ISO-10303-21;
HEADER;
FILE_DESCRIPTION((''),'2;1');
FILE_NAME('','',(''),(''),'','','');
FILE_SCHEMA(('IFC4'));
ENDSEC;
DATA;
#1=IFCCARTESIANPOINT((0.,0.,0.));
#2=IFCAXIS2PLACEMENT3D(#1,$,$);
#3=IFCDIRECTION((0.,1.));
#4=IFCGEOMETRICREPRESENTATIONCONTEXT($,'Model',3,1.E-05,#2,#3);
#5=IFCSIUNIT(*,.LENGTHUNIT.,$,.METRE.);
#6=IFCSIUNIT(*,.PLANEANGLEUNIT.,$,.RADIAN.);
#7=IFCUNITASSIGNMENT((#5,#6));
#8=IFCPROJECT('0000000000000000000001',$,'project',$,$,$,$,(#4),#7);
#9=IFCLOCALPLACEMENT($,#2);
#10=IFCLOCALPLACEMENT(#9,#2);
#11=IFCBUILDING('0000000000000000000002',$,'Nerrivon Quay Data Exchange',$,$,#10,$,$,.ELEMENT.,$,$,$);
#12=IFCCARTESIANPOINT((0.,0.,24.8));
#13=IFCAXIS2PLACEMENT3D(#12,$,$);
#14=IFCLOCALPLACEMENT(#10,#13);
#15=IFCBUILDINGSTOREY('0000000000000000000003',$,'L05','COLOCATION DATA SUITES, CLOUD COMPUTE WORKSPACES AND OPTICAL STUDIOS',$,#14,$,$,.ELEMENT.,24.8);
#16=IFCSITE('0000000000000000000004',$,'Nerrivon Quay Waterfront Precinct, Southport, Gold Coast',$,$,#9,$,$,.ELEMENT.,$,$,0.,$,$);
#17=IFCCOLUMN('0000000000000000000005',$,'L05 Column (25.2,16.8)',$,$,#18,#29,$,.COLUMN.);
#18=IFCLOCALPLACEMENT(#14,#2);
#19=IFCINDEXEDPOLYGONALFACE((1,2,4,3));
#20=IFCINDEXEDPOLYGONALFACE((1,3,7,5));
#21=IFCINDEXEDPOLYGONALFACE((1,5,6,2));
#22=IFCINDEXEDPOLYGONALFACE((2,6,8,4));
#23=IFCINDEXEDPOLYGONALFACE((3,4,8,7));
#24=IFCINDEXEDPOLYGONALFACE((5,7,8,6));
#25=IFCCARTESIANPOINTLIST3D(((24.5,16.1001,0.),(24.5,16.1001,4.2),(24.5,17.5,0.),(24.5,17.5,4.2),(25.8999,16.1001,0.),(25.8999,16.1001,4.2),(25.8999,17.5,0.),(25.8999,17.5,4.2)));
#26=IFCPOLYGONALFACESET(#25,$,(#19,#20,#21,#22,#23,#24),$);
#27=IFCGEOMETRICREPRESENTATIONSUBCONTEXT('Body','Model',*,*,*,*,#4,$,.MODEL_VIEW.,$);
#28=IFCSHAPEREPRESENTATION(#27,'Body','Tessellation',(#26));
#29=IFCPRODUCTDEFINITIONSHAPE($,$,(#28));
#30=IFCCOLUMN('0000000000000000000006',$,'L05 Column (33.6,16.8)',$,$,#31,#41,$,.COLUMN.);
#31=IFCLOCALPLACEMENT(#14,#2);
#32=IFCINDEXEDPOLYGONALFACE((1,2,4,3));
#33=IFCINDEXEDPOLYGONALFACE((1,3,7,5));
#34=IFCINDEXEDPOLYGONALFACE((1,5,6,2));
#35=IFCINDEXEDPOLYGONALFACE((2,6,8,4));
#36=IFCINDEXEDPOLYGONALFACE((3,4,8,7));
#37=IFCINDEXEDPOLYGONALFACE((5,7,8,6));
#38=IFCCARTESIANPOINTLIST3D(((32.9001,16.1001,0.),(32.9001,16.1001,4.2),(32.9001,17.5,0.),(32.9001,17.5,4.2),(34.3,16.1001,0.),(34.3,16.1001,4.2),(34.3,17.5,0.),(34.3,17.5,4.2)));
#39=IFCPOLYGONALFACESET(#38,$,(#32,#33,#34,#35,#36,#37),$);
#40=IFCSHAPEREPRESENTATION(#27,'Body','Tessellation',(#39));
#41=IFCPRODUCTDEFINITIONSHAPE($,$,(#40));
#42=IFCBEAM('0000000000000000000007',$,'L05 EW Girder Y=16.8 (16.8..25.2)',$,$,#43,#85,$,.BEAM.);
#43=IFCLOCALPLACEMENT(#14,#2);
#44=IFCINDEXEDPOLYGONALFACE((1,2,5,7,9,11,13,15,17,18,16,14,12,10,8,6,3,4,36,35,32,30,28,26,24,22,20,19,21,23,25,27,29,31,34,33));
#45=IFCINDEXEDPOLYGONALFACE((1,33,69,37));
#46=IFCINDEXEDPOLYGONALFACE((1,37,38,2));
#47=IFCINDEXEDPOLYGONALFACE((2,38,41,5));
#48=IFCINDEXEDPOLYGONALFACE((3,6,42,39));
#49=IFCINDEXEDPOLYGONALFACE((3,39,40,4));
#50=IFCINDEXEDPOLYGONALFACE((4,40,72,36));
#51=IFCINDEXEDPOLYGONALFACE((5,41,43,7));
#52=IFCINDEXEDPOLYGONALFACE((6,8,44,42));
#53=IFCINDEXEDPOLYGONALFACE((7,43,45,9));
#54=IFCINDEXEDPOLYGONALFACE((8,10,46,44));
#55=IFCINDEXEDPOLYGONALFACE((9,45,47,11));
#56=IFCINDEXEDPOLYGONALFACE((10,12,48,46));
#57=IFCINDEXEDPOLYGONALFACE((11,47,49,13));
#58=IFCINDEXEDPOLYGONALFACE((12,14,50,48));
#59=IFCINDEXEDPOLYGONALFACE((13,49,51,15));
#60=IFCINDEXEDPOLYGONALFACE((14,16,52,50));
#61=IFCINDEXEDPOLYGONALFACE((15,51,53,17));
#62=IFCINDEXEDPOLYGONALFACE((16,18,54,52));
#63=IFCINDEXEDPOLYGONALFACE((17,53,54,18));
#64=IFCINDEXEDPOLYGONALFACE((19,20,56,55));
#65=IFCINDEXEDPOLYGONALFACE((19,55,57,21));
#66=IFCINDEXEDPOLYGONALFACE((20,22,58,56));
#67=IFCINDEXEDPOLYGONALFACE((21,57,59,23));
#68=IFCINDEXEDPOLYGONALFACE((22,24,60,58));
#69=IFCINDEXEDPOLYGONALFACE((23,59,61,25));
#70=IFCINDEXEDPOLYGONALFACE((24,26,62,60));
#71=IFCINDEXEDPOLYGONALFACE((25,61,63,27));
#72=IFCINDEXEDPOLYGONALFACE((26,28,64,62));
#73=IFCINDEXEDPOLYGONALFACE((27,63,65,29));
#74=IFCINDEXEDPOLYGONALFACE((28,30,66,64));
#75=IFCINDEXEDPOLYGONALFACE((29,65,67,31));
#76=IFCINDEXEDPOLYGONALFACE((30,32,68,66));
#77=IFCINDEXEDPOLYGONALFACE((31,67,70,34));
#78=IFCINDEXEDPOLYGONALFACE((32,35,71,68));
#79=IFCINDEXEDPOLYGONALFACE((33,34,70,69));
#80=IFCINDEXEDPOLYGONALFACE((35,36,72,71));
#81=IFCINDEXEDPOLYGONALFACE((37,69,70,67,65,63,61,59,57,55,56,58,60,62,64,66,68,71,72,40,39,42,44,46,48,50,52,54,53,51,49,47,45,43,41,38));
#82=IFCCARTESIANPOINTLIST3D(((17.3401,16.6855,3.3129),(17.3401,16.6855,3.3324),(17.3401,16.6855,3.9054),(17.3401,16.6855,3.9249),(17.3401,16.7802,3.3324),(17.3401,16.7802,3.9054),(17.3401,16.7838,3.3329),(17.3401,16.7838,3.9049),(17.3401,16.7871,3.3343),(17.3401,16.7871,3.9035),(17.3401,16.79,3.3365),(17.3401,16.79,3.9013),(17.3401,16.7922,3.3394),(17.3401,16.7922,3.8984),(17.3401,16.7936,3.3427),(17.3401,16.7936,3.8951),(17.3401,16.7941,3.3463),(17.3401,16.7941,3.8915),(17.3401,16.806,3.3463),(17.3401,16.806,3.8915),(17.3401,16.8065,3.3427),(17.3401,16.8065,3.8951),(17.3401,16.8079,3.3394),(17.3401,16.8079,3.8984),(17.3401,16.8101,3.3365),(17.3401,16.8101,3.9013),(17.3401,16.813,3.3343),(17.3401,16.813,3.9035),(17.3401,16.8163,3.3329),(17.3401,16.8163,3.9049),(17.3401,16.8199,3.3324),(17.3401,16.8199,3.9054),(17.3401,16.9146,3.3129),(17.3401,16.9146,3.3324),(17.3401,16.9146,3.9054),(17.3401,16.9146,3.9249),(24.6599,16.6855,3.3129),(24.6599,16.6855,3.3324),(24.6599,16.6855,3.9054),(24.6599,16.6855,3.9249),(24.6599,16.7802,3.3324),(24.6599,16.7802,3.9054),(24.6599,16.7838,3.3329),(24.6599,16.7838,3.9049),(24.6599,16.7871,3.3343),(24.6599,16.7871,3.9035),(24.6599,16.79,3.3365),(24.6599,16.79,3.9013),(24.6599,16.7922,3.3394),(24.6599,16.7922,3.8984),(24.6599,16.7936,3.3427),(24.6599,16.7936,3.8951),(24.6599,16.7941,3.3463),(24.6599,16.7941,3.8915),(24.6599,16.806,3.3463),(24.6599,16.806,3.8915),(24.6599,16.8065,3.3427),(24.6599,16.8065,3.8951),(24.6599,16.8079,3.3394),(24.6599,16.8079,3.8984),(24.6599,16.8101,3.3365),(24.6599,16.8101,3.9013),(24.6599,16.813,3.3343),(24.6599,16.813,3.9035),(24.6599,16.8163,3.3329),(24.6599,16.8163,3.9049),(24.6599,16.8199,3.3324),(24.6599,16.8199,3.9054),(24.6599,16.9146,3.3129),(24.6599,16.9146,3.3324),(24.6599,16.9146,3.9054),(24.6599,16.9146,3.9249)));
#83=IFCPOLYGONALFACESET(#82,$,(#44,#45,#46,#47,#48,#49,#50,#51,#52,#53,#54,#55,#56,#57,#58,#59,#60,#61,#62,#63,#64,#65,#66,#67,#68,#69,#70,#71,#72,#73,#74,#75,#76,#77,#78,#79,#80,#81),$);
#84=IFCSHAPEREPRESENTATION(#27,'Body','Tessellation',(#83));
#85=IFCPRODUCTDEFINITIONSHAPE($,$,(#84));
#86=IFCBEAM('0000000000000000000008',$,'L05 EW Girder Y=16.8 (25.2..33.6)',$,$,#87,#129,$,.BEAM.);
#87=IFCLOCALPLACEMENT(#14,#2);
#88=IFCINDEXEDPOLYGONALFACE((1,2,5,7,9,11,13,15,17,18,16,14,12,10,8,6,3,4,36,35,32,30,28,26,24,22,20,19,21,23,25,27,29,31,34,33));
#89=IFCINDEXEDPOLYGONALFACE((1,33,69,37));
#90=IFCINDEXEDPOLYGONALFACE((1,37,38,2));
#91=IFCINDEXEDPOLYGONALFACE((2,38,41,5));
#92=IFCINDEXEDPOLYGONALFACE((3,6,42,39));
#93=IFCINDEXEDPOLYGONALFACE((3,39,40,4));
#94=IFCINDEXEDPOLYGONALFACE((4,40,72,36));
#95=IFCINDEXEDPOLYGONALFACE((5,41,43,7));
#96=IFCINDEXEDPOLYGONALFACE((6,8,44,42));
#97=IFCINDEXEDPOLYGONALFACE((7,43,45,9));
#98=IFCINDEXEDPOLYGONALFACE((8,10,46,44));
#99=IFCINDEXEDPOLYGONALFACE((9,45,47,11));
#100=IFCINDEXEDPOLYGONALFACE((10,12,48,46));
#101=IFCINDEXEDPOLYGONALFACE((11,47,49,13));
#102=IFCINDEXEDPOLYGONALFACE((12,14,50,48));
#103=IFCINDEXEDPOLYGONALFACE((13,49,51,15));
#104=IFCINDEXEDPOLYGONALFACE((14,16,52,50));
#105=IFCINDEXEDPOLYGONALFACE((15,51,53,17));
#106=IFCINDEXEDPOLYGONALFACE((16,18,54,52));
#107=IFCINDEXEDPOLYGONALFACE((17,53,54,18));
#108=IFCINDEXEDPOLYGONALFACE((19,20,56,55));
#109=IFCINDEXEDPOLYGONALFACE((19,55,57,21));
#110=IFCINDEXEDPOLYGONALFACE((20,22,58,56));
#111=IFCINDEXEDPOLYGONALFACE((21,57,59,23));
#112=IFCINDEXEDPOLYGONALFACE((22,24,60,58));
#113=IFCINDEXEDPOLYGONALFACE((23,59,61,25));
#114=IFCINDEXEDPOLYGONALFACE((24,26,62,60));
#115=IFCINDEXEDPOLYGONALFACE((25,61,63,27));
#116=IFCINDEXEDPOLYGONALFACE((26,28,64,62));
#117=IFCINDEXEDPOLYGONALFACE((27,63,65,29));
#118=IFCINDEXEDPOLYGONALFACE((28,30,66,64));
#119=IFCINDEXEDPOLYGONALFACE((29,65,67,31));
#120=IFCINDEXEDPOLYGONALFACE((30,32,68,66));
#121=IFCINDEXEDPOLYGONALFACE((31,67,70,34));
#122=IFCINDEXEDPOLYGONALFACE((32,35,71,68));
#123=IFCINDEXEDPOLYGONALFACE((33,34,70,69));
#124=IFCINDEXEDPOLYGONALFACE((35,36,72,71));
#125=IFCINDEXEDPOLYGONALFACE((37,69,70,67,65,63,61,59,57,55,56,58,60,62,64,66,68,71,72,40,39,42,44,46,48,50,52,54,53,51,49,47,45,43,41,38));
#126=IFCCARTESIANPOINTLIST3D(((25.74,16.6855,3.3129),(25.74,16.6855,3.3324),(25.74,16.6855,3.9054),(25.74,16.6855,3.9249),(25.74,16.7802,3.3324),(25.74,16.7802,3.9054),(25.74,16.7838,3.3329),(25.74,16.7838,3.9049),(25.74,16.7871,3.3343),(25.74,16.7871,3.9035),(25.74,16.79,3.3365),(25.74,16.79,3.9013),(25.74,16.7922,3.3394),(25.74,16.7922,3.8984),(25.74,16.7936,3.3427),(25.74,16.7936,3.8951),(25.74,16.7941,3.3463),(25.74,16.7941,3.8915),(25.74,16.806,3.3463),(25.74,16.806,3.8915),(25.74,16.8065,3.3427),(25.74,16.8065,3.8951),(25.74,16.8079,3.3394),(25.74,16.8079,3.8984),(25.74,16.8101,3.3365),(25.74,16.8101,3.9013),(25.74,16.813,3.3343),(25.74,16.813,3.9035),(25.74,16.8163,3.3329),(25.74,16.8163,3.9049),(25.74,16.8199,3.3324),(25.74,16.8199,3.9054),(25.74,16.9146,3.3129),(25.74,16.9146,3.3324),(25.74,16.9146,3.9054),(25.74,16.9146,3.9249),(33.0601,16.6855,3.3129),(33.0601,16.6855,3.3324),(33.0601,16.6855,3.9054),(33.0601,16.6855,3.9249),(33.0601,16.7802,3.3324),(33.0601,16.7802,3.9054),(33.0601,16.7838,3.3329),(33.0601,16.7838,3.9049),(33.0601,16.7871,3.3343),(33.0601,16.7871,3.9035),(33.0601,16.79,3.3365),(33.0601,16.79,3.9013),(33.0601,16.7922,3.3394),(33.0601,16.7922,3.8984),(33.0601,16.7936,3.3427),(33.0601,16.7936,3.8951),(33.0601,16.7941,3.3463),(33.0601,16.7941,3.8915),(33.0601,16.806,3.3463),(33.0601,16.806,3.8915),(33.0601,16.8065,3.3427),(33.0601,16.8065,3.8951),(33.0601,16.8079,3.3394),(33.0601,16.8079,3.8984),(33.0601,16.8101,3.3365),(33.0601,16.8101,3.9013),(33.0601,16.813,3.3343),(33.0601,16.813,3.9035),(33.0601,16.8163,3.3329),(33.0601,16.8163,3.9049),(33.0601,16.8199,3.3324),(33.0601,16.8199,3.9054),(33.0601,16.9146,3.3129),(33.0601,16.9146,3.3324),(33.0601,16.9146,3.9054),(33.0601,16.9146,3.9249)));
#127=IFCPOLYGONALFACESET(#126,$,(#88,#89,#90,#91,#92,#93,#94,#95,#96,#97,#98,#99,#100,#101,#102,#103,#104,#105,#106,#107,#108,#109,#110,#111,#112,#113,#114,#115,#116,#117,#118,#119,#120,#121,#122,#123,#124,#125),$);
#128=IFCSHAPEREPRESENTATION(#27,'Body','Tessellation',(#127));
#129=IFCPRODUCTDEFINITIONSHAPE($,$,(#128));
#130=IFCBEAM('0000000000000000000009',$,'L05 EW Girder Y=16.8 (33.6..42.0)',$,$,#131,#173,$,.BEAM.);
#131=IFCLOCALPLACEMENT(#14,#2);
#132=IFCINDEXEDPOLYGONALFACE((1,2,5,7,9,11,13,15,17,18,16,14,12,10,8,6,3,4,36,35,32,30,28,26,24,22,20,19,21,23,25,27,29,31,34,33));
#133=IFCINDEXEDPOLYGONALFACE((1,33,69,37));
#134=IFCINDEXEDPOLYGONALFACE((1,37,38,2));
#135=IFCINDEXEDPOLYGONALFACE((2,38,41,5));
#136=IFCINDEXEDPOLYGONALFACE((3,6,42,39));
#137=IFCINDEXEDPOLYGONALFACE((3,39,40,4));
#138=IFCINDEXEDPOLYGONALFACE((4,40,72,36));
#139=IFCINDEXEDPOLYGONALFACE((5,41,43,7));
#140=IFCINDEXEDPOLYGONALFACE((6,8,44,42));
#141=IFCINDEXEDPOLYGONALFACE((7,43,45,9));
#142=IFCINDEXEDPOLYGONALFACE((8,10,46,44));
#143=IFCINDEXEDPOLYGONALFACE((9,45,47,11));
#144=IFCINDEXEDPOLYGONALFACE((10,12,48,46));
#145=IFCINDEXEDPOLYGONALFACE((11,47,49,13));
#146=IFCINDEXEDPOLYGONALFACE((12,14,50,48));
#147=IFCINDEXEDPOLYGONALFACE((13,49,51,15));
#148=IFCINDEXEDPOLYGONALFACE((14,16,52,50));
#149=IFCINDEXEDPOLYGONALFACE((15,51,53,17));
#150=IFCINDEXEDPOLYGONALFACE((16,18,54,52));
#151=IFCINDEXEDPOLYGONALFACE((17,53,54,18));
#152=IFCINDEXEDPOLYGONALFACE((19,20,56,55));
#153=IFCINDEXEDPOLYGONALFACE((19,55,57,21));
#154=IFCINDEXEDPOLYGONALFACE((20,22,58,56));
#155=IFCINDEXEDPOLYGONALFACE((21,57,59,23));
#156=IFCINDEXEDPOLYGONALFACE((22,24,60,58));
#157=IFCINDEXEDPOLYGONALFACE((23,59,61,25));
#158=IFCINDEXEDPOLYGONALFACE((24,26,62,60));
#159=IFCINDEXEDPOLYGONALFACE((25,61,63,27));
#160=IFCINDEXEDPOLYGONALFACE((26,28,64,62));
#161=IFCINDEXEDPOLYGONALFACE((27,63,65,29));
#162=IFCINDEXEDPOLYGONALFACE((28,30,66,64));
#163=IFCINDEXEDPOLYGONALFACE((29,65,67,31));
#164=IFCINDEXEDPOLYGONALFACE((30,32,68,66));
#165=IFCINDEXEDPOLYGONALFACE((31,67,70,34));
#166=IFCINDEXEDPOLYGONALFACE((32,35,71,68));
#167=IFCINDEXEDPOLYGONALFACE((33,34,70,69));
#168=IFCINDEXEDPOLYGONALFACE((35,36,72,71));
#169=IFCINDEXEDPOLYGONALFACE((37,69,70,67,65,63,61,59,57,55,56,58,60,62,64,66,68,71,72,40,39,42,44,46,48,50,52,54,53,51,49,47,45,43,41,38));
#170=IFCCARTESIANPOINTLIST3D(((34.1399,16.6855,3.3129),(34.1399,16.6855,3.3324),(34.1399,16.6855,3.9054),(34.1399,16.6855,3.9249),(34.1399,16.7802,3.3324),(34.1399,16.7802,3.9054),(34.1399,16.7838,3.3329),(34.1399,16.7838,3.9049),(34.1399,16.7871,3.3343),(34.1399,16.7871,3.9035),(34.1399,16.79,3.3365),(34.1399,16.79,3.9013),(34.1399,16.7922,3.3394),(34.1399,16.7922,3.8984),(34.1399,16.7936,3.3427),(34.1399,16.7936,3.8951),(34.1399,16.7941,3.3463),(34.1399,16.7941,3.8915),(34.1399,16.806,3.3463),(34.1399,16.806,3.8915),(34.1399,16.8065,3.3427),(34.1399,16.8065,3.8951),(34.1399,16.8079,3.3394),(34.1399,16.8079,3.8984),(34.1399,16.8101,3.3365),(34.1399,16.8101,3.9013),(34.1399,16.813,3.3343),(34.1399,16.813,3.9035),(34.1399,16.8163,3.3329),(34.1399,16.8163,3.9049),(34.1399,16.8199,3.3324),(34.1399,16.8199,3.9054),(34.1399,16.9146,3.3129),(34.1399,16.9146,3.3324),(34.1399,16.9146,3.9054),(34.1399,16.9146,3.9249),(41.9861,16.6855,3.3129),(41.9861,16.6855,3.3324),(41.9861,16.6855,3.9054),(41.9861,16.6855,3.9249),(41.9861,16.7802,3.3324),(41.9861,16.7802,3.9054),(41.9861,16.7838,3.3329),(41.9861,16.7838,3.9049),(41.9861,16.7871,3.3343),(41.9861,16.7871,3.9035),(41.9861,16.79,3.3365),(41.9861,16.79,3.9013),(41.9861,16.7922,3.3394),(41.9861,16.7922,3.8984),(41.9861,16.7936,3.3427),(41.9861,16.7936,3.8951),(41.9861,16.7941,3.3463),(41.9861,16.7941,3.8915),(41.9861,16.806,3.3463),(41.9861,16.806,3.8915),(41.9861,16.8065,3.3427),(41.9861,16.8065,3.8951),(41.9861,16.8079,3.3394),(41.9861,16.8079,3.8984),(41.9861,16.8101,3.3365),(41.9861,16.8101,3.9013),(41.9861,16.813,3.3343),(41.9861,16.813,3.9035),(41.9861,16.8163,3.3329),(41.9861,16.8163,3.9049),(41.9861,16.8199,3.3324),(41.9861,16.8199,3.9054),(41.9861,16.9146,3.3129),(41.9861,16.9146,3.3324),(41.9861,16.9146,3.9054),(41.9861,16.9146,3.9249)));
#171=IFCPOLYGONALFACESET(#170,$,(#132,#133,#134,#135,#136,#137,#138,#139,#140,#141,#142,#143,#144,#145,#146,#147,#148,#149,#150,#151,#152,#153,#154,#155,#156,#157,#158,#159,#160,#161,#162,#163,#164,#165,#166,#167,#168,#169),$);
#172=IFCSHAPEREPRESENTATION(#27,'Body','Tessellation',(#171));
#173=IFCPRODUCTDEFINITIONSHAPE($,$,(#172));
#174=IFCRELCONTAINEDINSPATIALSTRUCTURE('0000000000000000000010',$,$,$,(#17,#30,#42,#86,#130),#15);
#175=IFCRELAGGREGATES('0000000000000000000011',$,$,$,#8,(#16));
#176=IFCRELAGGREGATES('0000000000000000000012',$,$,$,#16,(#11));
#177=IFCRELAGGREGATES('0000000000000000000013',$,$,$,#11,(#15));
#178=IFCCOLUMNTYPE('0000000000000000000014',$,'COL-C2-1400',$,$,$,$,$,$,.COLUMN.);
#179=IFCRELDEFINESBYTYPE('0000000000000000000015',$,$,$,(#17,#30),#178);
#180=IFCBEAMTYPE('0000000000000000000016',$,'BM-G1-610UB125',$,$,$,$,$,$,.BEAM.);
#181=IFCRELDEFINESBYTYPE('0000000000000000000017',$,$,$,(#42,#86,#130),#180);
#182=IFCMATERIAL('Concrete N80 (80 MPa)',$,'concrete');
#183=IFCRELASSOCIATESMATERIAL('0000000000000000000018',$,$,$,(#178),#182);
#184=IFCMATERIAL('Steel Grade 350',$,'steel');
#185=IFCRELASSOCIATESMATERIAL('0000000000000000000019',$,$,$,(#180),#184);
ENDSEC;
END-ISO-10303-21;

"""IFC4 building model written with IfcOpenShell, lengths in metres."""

from ifc_helpers import new_model, si_unit, direction, frame, origin, origin_2d, place, context, subcontext, project, spatial, rectangle, i_section, extrude, material, material_profile, profile_set, type_object, element, save


model = new_model("IFC4")

# Units and contexts
model_context = context("Model", 3, precision=1e-05, world=origin(), true_north=direction((0.0, 1.0)))
body_context = subcontext(model_context, "Body", "Model", "MODEL_VIEW")
ifc_project = project(units=[si_unit("LENGTHUNIT", "METRE"), si_unit("PLANEANGLEUNIT", "RADIAN")], contexts=[model_context])

# Site, building, storey
site_placement = place(None, origin())
site = spatial("IfcSite", under=ifc_project, at=site_placement, Name="Nerrivon Quay Waterfront Precinct, Southport, Gold Coast", CompositionType="ELEMENT", RefElevation=0.0)
building_placement = place(site_placement, origin())
building = spatial("IfcBuilding", under=site, at=building_placement, Name="Nerrivon Quay Data Exchange", CompositionType="ELEMENT")
storey_placement = place(building_placement, frame((0.0, 0.0, 24.8)))
storey = spatial("IfcBuildingStorey", under=building, at=storey_placement, Name="L05", Description="COLOCATION DATA SUITES, CLOUD COMPUTE WORKSPACES AND OPTICAL STUDIOS", CompositionType="ELEMENT", Elevation=24.8)

# Columns
ifc_material_1 = material(Name="Concrete N80 (80 MPa)", Category="concrete")
ifc_material_profile_1 = material_profile(ifc_material_1, rectangle(XDim=1.3999, YDim=1.3999, at=origin_2d()), Name="RC-COL-1400x1400")
ifc_profile_set_1 = profile_set([ifc_material_profile_1], Name="Concrete N80 (80 MPa)")
column_type = type_object("IfcColumnType", Name="COL-C2-1400", PredefinedType="COLUMN", material=ifc_profile_set_1)
for number, where, z_axis, x_axis, name in (
    (1, (25.2, 16.8, 0.0), (0.0, 0.0, 1.0), (1.0, 0.0, 0.0), "L05 Column (25.2,16.8)"),
    (2, (33.6001, 16.8, 0.0), (0.0, 0.0, 1.0), (1.0, 0.0, 0.0), "L05 Column (33.6,16.8)"),
):
    element("IfcColumn", number, at=place(storey_placement, frame(where, z_axis=z_axis, x_axis=x_axis)), inside=storey, type_object=column_type, Name=name, PredefinedType="COLUMN", context=body_context, shape_type="SweptSolid", body=[
        extrude(rectangle(XDim=1.3999, YDim=1.3999, at=origin_2d()), origin(), (0.0, 0.0, 1.0), 4.2),
    ])

# Beams
ifc_material_2 = material(Name="Steel Grade 350", Category="steel")
ifc_material_profile_2 = material_profile(ifc_material_2, i_section(OverallWidth=0.229, OverallDepth=0.6121, WebThickness=0.012, FlangeThickness=0.0195, FilletRadius=0.0139, at=origin_2d()), Name="610UB125")
ifc_profile_set_2 = profile_set([ifc_material_profile_2], Name="Steel Grade 350")
beam_type_1 = type_object("IfcBeamType", Name="BM-G1-610UB125", PredefinedType="BEAM", material=ifc_profile_set_2)
beam_1_placement = place(storey_placement, frame((17.3401, 16.8, 3.6189), z_axis=(1.0, 0.0, 0.0), x_axis=(0.0, 1.0, 0.0)))
element("IfcBeam", 3, at=beam_1_placement, inside=storey, type_object=beam_type_1, Name="L05 EW Girder Y=16.8 (16.8..25.2)", PredefinedType="BEAM", context=body_context, shape_type="SweptSolid", body=[
    extrude(i_section(OverallWidth=0.229, OverallDepth=0.6121, WebThickness=0.012, FlangeThickness=0.0195, FilletRadius=0.0139, at=origin_2d()), origin(), (0.0, 0.0, 1.0), 7.3198),
])
beam_2_placement = place(storey_placement, frame((25.74, 16.8, 3.6189), z_axis=(1.0, 0.0, 0.0), x_axis=(0.0, 1.0, 0.0)))
element("IfcBeam", 4, at=beam_2_placement, inside=storey, type_object=beam_type_1, Name="L05 EW Girder Y=16.8 (25.2..33.6)", PredefinedType="BEAM", context=body_context, shape_type="SweptSolid", body=[
    extrude(i_section(OverallWidth=0.229, OverallDepth=0.6121, WebThickness=0.012, FlangeThickness=0.0195, FilletRadius=0.0139, at=origin_2d()), origin(), (0.0, 0.0, 1.0), 7.3201),
])
beam_3_placement = place(storey_placement, frame((34.1399, 16.8, 3.6189), z_axis=(1.0, 0.0, 0.0), x_axis=(0.0, 1.0, 0.0)))
element("IfcBeam", 5, at=beam_3_placement, inside=storey, type_object=beam_type_1, Name="L05 EW Girder Y=16.8 (33.6..42.0)", PredefinedType="BEAM", context=body_context, shape_type="SweptSolid", body=[
    extrude(i_section(OverallWidth=0.229, OverallDepth=0.6121, WebThickness=0.012, FlangeThickness=0.0195, FilletRadius=0.0139, at=origin_2d()), origin(), (0.0, 0.0, 1.0), 7.8462),
])

save(model, "model.ifc")
